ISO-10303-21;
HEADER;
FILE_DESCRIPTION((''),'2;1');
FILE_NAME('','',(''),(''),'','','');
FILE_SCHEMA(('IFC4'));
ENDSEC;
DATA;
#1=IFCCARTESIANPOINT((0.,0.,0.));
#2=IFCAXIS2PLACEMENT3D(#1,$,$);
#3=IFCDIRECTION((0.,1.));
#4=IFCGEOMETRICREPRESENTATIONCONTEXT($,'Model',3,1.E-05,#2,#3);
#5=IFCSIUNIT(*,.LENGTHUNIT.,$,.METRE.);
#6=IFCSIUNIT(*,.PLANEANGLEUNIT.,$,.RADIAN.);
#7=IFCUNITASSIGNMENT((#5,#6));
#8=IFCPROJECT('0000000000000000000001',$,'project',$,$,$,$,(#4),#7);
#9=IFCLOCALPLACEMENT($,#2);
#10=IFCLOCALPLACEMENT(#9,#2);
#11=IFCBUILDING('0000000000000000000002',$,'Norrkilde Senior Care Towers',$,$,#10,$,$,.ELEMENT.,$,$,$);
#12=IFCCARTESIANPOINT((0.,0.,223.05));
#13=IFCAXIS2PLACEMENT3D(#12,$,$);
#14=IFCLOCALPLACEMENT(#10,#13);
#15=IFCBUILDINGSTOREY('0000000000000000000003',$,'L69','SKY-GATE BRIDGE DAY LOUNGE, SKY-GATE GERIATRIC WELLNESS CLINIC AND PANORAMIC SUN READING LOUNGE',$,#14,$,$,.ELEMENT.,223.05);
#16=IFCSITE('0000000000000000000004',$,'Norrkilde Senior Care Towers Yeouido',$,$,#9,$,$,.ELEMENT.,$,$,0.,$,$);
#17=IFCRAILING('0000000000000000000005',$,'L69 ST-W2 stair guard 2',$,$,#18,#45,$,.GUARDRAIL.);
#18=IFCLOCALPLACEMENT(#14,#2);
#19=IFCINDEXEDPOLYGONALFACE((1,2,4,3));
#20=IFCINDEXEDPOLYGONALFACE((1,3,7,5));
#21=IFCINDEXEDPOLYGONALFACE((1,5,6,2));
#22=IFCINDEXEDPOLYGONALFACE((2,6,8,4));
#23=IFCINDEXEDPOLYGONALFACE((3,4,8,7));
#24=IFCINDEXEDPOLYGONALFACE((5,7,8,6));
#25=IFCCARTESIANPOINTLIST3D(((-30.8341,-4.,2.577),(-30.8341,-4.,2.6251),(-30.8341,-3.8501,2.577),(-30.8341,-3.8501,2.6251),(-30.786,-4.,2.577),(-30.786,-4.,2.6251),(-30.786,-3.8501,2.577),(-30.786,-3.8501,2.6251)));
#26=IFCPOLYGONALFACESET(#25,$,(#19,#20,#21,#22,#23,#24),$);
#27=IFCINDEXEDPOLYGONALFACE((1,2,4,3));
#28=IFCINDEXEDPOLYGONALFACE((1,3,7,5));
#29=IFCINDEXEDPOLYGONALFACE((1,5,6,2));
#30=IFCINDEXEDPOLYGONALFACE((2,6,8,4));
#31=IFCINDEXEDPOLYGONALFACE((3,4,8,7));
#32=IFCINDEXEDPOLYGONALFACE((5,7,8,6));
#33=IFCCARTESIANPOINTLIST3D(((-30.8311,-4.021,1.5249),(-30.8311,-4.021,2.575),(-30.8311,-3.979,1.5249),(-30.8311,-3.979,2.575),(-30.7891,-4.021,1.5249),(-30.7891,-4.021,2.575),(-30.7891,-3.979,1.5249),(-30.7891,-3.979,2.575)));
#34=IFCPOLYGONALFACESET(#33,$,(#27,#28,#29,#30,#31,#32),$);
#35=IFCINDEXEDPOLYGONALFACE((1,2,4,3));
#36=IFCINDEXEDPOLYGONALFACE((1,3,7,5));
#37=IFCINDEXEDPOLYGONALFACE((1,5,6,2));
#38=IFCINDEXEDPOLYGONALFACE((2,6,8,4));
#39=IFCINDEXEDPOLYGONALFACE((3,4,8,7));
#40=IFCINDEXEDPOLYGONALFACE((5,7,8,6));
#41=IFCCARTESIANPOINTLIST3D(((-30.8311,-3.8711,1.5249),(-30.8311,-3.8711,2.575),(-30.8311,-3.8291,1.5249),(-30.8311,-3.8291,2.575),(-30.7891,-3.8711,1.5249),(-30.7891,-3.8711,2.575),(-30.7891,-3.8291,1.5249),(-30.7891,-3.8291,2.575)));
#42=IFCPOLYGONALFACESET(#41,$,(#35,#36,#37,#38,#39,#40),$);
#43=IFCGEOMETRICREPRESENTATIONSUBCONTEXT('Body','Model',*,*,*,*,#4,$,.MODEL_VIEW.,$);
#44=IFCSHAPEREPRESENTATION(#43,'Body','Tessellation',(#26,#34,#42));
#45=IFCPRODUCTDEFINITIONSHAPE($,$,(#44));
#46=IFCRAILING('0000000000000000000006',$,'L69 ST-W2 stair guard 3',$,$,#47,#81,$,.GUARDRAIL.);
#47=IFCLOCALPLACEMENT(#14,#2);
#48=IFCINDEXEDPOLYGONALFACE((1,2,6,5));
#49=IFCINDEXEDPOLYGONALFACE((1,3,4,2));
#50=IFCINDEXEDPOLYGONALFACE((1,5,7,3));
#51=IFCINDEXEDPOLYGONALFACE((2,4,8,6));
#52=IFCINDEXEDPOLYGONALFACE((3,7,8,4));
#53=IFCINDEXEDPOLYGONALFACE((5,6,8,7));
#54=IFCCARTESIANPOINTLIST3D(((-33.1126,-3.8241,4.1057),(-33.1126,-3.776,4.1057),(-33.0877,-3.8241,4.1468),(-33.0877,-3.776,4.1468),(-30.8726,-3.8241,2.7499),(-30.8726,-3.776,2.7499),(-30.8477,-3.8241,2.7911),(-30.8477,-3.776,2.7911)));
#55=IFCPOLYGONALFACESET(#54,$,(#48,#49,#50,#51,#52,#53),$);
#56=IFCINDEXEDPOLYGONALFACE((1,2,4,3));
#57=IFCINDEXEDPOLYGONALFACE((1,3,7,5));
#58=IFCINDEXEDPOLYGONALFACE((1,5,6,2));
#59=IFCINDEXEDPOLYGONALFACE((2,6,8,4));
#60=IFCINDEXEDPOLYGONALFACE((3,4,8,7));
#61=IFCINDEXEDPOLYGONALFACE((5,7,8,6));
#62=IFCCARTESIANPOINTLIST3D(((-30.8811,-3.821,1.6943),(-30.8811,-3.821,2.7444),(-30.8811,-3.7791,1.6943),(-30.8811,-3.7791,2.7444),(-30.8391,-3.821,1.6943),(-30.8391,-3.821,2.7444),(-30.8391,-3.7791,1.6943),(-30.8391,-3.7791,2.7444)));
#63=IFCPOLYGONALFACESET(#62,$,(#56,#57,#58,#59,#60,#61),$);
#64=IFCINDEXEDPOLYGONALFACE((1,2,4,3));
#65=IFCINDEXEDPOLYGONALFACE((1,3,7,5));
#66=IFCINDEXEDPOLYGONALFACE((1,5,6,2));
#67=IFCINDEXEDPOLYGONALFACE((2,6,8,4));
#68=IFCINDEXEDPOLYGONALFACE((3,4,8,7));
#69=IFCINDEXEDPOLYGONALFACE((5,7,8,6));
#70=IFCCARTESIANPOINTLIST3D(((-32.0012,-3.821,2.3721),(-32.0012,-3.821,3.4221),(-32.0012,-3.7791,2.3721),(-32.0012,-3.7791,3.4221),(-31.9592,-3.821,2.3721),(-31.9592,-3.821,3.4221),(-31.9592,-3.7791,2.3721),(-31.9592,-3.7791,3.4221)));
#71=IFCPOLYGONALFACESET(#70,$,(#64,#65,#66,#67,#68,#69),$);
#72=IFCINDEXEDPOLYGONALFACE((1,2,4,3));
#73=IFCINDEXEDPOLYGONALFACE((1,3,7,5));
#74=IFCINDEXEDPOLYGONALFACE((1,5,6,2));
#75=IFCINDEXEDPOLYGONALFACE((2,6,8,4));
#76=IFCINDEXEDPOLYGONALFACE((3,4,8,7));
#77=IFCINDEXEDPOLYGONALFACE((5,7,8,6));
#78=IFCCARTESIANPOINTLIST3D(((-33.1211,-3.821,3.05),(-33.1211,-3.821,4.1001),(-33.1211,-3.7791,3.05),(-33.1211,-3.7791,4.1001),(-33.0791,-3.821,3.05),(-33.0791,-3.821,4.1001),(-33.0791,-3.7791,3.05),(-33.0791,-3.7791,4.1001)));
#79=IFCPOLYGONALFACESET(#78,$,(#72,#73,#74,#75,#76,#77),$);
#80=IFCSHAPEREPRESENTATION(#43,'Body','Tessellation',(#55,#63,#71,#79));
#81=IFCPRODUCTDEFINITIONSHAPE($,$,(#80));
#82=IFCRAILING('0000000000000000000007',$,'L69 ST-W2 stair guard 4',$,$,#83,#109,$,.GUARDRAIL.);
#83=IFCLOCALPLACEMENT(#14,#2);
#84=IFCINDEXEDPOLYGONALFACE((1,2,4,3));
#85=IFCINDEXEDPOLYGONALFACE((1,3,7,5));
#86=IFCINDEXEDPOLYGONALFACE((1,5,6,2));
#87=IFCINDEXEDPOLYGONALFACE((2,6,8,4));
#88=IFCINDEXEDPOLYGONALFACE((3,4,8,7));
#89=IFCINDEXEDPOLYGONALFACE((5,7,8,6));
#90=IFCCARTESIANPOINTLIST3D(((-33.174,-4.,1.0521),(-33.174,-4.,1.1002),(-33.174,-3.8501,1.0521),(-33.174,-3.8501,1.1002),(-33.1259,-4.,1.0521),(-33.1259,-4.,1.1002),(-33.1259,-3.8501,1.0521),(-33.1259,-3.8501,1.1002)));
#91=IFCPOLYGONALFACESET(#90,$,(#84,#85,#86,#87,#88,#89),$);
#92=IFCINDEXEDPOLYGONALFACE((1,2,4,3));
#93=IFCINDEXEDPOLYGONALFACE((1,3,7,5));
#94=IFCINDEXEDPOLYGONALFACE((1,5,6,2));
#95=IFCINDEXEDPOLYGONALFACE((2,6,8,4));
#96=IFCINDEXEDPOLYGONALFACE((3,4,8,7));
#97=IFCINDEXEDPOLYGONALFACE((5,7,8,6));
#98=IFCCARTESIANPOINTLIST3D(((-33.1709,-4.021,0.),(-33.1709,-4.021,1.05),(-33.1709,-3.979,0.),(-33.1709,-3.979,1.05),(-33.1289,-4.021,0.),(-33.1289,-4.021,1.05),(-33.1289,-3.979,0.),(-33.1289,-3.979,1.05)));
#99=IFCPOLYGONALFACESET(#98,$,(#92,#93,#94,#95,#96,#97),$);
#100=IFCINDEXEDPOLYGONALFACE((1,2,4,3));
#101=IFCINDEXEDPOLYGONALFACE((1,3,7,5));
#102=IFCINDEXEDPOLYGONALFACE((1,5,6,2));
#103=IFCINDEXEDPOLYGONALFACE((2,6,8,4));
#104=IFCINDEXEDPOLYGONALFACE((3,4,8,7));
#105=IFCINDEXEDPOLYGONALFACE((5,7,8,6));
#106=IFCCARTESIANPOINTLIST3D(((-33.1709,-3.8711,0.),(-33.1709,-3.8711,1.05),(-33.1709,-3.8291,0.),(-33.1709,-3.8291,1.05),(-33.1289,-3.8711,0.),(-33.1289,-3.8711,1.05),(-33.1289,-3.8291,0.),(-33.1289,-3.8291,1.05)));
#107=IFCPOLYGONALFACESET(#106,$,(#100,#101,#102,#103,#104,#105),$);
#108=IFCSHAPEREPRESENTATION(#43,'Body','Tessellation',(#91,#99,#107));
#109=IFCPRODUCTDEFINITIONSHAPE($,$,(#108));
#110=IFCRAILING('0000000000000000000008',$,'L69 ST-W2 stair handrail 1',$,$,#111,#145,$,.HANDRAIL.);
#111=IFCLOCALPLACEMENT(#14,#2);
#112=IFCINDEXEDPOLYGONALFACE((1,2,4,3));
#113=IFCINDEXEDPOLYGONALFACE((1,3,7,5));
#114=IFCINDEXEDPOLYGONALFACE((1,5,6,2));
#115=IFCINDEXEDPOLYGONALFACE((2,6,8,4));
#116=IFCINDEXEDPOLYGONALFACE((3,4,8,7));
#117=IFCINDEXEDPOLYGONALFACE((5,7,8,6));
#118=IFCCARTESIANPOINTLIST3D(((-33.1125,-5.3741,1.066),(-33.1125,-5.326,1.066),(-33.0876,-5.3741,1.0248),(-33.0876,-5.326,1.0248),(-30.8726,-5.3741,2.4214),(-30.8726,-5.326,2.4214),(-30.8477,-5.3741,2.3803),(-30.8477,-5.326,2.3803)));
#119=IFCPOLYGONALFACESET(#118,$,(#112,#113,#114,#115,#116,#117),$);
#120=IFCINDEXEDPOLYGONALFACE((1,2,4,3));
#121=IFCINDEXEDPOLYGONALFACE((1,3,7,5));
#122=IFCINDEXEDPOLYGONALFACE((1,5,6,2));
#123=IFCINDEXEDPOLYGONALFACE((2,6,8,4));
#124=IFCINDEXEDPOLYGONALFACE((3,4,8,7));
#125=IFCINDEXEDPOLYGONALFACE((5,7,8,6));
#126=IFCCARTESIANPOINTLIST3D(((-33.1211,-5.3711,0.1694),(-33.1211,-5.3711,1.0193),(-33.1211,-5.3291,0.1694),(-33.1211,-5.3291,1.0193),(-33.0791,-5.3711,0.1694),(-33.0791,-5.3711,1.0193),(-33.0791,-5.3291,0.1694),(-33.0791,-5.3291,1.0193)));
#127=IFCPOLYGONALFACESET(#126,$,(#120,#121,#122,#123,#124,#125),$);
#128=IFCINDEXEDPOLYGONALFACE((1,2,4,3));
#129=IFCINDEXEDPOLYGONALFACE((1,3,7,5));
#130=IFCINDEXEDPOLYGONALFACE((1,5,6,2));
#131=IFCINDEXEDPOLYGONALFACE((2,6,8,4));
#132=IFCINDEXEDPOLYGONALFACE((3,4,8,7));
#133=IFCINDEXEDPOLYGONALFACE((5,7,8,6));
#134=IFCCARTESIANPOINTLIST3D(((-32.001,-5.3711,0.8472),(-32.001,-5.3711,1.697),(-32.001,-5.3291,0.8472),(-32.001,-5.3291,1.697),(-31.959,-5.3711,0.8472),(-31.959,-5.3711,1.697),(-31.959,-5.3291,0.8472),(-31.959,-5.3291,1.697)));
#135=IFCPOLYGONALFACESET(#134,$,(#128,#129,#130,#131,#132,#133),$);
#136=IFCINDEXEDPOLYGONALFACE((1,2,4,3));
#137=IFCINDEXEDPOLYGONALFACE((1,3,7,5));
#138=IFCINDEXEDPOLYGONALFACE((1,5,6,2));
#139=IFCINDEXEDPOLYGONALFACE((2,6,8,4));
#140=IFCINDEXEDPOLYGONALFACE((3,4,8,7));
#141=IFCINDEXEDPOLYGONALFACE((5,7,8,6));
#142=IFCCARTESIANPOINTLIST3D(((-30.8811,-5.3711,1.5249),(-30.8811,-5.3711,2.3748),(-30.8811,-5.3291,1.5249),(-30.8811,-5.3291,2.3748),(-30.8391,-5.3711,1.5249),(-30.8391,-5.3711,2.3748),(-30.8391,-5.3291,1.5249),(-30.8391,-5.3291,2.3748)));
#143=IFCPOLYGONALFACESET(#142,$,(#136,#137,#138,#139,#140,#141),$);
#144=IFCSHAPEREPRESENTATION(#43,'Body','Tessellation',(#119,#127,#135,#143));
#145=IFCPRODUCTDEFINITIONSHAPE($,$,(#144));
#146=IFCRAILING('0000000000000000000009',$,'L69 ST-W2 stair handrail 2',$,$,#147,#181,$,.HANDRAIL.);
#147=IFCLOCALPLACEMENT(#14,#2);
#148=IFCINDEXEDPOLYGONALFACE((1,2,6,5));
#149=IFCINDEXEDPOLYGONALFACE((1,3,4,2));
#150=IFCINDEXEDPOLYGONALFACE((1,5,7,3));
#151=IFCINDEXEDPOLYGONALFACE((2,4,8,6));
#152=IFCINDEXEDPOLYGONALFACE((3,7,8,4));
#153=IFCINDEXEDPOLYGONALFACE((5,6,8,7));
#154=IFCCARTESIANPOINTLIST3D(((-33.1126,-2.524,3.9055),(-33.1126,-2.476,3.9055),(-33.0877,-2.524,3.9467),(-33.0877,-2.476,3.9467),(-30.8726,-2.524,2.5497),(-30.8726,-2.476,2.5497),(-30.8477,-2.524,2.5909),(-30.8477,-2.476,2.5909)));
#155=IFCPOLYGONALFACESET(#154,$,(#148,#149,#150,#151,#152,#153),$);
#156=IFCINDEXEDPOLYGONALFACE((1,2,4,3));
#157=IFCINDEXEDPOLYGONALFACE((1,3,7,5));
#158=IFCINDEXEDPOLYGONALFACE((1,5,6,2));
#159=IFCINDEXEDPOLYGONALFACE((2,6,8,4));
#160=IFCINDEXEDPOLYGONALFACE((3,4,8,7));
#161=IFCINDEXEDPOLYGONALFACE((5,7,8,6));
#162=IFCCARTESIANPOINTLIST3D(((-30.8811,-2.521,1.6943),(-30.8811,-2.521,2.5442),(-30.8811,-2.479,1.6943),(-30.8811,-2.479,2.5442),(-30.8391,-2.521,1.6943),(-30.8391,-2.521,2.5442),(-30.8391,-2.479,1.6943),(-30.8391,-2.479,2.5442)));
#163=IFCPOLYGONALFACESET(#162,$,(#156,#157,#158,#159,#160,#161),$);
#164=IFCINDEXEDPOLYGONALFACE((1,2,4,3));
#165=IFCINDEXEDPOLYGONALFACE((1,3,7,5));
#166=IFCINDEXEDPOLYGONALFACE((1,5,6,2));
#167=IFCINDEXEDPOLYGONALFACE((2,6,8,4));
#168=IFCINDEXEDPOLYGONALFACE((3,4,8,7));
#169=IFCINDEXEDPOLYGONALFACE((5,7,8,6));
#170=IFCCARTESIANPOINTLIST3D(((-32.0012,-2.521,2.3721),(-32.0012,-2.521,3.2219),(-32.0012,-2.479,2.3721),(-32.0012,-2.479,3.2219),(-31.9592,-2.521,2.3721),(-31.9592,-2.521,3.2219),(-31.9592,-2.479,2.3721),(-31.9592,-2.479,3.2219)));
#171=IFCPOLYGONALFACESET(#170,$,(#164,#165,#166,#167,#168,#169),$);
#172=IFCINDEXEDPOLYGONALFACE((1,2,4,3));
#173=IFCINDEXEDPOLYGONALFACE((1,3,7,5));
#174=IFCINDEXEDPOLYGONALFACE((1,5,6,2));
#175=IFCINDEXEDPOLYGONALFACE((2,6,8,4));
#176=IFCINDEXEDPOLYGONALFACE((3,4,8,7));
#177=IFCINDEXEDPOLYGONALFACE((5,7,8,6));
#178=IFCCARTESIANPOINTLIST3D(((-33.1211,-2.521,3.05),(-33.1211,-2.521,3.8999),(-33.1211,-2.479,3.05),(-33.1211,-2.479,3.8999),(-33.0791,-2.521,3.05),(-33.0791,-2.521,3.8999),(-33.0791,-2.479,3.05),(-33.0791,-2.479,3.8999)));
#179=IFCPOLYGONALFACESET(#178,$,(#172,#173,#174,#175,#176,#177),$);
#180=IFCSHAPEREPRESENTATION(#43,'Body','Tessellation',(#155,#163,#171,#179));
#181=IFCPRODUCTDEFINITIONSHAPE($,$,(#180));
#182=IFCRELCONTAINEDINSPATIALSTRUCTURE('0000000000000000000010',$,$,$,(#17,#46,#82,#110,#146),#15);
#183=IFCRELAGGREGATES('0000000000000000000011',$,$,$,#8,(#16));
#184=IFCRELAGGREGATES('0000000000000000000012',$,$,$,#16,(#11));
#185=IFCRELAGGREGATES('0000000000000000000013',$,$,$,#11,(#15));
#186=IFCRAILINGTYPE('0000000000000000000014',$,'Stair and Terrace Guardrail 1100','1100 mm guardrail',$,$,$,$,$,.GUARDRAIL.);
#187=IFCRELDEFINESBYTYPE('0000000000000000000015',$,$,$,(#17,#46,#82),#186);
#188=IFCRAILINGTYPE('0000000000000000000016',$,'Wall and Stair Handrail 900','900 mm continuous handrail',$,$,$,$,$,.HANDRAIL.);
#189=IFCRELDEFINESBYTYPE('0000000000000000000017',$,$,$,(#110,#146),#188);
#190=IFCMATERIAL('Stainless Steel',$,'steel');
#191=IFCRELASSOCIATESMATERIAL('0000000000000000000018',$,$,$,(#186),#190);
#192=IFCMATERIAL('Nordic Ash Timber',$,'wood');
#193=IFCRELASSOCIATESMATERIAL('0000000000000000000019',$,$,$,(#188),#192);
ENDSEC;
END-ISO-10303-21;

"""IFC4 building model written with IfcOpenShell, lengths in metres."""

from ifc_helpers import new_model, si_unit, direction, frame, origin, origin_2d, place, context, subcontext, project, spatial, rectangle, extrude, material, type_object, element, save


model = new_model("IFC4")

# Units and contexts
model_context = context("Model", 3, precision=1e-05, world=origin(), true_north=direction((0.0, 1.0)))
body_context = subcontext(model_context, "Body", "Model", "MODEL_VIEW")
ifc_project = project(units=[si_unit("LENGTHUNIT", "METRE"), si_unit("PLANEANGLEUNIT", "RADIAN")], contexts=[model_context])

# Site, building, storey
site_placement = place(None, origin())
site = spatial("IfcSite", under=ifc_project, at=site_placement, Name="Norrkilde Senior Care Towers Yeouido", CompositionType="ELEMENT", RefElevation=0.0)
building_placement = place(site_placement, origin())
building = spatial("IfcBuilding", under=site, at=building_placement, Name="Norrkilde Senior Care Towers", CompositionType="ELEMENT")
storey_placement = place(building_placement, frame((0.0, 0.0, 223.05)))
storey = spatial("IfcBuildingStorey", under=building, at=storey_placement, Name="L69", Description="SKY-GATE BRIDGE DAY LOUNGE, SKY-GATE GERIATRIC WELLNESS CLINIC AND PANORAMIC SUN READING LOUNGE", CompositionType="ELEMENT", Elevation=223.05)

# Shared definitions
ifc_material_1 = material(Name="Stainless Steel", Category="steel")

# Railings
railing_type_1 = type_object("IfcRailingType", Name="Stair and Terrace Guardrail 1100", Description="1100 mm guardrail", PredefinedType="GUARDRAIL", material=ifc_material_1)
railing_1_placement = place(storey_placement, frame((-30.8101, -4.0, 1.5249)))
element("IfcRailing", 1, at=railing_1_placement, inside=storey, type_object=railing_type_1, Name="L69 ST-W2 stair guard 2", PredefinedType="GUARDRAIL", context=body_context, shape_type="SweptSolid", body=[
    extrude(rectangle(XDim=0.0481, YDim=0.0481, at=origin_2d()), frame((0.0, 0.0, 1.0762), z_axis=(0.0, 1.0, 0.0), x_axis=(-1.0, 0.0, 0.0)), (0.0, 0.0, 1.0), 0.1499),
    extrude(rectangle(XDim=0.042, YDim=0.042, at=origin_2d()), origin(), (0.0, 0.0, 1.0), 1.05),
    extrude(rectangle(XDim=0.042, YDim=0.042, at=origin_2d()), frame((0.0, 0.1499, 0.0)), (0.0, 0.0, 1.0), 1.05),
])
railing_2_placement = place(storey_placement, frame((-30.8601, -3.8, 1.6943)))
element("IfcRailing", 2, at=railing_2_placement, inside=storey, type_object=railing_type_1, Name="L69 ST-W2 stair guard 3", PredefinedType="GUARDRAIL", context=body_context, shape_type="SweptSolid", body=[
    extrude(rectangle(XDim=0.0481, YDim=0.0481, at=origin_2d()), frame((0.0, 0.0, 1.0762), z_axis=(-0.855512, 0.0, 0.517783), x_axis=(0.0, -1.0, 0.0)), (0.0, 0.0, 1.0), 2.6184),
    extrude(rectangle(XDim=0.042, YDim=0.042, at=origin_2d()), origin(), (0.0, 0.0, 1.0), 1.05),
    extrude(rectangle(XDim=0.042, YDim=0.042, at=origin_2d()), frame((-1.1201, 0.0, 0.6777)), (0.0, 0.0, 1.0), 1.05),
    extrude(rectangle(XDim=0.042, YDim=0.042, at=origin_2d()), frame((-2.24, 0.0, 1.3557)), (0.0, 0.0, 1.0), 1.05),
])
railing_3_placement = place(storey_placement, frame((-33.1499, -4.0, 0.0)))
element("IfcRailing", 3, at=railing_3_placement, inside=storey, type_object=railing_type_1, Name="L69 ST-W2 stair guard 4", PredefinedType="GUARDRAIL", context=body_context, shape_type="SweptSolid", body=[
    extrude(rectangle(XDim=0.0481, YDim=0.0481, at=origin_2d()), frame((0.0, 0.0, 1.0762), z_axis=(0.0, 1.0, 0.0), x_axis=(-1.0, 0.0, 0.0)), (0.0, 0.0, 1.0), 0.1499),
    extrude(rectangle(XDim=0.042, YDim=0.042, at=origin_2d()), origin(), (0.0, 0.0, 1.0), 1.05),
    extrude(rectangle(XDim=0.042, YDim=0.042, at=origin_2d()), frame((0.0, 0.1499, 0.0)), (0.0, 0.0, 1.0), 1.05),
])
ifc_material_2 = material(Name="Nordic Ash Timber", Category="wood")
railing_type_2 = type_object("IfcRailingType", Name="Wall and Stair Handrail 900", Description="900 mm continuous handrail", PredefinedType="HANDRAIL", material=ifc_material_2)
railing_4_placement = place(storey_placement, frame((-33.1001, -5.3501, 0.1694)))
element("IfcRailing", 4, at=railing_4_placement, inside=storey, type_object=railing_type_2, Name="L69 ST-W2 stair handrail 1", PredefinedType="HANDRAIL", context=body_context, shape_type="SweptSolid", body=[
    extrude(rectangle(XDim=0.0481, YDim=0.0481, at=origin_2d()), frame((0.0, 0.0, 0.876), z_axis=(0.855553, 0.0, 0.517715), x_axis=(0.0, 1.0, 0.0)), (0.0, 0.0, 1.0), 2.6182),
    extrude(rectangle(XDim=0.042, YDim=0.042, at=origin_2d()), origin(), (0.0, 0.0, 1.0), 0.8499),
    extrude(rectangle(XDim=0.042, YDim=0.042, at=origin_2d()), frame((1.1201, 0.0, 0.6777)), (0.0, 0.0, 1.0), 0.8499),
    extrude(rectangle(XDim=0.042, YDim=0.042, at=origin_2d()), frame((2.24, 0.0, 1.3555)), (0.0, 0.0, 1.0), 0.8499),
])
railing_5_placement = place(storey_placement, frame((-30.8601, -2.5, 1.6943)))
element("IfcRailing", 5, at=railing_5_placement, inside=storey, type_object=railing_type_2, Name="L69 ST-W2 stair handrail 2", PredefinedType="HANDRAIL", context=body_context, shape_type="SweptSolid", body=[
    extrude(rectangle(XDim=0.0481, YDim=0.0481, at=origin_2d()), frame((0.0, 0.0, 0.876), z_axis=(-0.855512, 0.0, 0.517783), x_axis=(0.0, -1.0, 0.0)), (0.0, 0.0, 1.0), 2.6184),
    extrude(rectangle(XDim=0.042, YDim=0.042, at=origin_2d()), origin(), (0.0, 0.0, 1.0), 0.8499),
    extrude(rectangle(XDim=0.042, YDim=0.042, at=origin_2d()), frame((-1.1201, 0.0, 0.6777)), (0.0, 0.0, 1.0), 0.8499),
    extrude(rectangle(XDim=0.042, YDim=0.042, at=origin_2d()), frame((-2.24, 0.0, 1.3557)), (0.0, 0.0, 1.0), 0.8499),
])

save(model, "model.ifc")
